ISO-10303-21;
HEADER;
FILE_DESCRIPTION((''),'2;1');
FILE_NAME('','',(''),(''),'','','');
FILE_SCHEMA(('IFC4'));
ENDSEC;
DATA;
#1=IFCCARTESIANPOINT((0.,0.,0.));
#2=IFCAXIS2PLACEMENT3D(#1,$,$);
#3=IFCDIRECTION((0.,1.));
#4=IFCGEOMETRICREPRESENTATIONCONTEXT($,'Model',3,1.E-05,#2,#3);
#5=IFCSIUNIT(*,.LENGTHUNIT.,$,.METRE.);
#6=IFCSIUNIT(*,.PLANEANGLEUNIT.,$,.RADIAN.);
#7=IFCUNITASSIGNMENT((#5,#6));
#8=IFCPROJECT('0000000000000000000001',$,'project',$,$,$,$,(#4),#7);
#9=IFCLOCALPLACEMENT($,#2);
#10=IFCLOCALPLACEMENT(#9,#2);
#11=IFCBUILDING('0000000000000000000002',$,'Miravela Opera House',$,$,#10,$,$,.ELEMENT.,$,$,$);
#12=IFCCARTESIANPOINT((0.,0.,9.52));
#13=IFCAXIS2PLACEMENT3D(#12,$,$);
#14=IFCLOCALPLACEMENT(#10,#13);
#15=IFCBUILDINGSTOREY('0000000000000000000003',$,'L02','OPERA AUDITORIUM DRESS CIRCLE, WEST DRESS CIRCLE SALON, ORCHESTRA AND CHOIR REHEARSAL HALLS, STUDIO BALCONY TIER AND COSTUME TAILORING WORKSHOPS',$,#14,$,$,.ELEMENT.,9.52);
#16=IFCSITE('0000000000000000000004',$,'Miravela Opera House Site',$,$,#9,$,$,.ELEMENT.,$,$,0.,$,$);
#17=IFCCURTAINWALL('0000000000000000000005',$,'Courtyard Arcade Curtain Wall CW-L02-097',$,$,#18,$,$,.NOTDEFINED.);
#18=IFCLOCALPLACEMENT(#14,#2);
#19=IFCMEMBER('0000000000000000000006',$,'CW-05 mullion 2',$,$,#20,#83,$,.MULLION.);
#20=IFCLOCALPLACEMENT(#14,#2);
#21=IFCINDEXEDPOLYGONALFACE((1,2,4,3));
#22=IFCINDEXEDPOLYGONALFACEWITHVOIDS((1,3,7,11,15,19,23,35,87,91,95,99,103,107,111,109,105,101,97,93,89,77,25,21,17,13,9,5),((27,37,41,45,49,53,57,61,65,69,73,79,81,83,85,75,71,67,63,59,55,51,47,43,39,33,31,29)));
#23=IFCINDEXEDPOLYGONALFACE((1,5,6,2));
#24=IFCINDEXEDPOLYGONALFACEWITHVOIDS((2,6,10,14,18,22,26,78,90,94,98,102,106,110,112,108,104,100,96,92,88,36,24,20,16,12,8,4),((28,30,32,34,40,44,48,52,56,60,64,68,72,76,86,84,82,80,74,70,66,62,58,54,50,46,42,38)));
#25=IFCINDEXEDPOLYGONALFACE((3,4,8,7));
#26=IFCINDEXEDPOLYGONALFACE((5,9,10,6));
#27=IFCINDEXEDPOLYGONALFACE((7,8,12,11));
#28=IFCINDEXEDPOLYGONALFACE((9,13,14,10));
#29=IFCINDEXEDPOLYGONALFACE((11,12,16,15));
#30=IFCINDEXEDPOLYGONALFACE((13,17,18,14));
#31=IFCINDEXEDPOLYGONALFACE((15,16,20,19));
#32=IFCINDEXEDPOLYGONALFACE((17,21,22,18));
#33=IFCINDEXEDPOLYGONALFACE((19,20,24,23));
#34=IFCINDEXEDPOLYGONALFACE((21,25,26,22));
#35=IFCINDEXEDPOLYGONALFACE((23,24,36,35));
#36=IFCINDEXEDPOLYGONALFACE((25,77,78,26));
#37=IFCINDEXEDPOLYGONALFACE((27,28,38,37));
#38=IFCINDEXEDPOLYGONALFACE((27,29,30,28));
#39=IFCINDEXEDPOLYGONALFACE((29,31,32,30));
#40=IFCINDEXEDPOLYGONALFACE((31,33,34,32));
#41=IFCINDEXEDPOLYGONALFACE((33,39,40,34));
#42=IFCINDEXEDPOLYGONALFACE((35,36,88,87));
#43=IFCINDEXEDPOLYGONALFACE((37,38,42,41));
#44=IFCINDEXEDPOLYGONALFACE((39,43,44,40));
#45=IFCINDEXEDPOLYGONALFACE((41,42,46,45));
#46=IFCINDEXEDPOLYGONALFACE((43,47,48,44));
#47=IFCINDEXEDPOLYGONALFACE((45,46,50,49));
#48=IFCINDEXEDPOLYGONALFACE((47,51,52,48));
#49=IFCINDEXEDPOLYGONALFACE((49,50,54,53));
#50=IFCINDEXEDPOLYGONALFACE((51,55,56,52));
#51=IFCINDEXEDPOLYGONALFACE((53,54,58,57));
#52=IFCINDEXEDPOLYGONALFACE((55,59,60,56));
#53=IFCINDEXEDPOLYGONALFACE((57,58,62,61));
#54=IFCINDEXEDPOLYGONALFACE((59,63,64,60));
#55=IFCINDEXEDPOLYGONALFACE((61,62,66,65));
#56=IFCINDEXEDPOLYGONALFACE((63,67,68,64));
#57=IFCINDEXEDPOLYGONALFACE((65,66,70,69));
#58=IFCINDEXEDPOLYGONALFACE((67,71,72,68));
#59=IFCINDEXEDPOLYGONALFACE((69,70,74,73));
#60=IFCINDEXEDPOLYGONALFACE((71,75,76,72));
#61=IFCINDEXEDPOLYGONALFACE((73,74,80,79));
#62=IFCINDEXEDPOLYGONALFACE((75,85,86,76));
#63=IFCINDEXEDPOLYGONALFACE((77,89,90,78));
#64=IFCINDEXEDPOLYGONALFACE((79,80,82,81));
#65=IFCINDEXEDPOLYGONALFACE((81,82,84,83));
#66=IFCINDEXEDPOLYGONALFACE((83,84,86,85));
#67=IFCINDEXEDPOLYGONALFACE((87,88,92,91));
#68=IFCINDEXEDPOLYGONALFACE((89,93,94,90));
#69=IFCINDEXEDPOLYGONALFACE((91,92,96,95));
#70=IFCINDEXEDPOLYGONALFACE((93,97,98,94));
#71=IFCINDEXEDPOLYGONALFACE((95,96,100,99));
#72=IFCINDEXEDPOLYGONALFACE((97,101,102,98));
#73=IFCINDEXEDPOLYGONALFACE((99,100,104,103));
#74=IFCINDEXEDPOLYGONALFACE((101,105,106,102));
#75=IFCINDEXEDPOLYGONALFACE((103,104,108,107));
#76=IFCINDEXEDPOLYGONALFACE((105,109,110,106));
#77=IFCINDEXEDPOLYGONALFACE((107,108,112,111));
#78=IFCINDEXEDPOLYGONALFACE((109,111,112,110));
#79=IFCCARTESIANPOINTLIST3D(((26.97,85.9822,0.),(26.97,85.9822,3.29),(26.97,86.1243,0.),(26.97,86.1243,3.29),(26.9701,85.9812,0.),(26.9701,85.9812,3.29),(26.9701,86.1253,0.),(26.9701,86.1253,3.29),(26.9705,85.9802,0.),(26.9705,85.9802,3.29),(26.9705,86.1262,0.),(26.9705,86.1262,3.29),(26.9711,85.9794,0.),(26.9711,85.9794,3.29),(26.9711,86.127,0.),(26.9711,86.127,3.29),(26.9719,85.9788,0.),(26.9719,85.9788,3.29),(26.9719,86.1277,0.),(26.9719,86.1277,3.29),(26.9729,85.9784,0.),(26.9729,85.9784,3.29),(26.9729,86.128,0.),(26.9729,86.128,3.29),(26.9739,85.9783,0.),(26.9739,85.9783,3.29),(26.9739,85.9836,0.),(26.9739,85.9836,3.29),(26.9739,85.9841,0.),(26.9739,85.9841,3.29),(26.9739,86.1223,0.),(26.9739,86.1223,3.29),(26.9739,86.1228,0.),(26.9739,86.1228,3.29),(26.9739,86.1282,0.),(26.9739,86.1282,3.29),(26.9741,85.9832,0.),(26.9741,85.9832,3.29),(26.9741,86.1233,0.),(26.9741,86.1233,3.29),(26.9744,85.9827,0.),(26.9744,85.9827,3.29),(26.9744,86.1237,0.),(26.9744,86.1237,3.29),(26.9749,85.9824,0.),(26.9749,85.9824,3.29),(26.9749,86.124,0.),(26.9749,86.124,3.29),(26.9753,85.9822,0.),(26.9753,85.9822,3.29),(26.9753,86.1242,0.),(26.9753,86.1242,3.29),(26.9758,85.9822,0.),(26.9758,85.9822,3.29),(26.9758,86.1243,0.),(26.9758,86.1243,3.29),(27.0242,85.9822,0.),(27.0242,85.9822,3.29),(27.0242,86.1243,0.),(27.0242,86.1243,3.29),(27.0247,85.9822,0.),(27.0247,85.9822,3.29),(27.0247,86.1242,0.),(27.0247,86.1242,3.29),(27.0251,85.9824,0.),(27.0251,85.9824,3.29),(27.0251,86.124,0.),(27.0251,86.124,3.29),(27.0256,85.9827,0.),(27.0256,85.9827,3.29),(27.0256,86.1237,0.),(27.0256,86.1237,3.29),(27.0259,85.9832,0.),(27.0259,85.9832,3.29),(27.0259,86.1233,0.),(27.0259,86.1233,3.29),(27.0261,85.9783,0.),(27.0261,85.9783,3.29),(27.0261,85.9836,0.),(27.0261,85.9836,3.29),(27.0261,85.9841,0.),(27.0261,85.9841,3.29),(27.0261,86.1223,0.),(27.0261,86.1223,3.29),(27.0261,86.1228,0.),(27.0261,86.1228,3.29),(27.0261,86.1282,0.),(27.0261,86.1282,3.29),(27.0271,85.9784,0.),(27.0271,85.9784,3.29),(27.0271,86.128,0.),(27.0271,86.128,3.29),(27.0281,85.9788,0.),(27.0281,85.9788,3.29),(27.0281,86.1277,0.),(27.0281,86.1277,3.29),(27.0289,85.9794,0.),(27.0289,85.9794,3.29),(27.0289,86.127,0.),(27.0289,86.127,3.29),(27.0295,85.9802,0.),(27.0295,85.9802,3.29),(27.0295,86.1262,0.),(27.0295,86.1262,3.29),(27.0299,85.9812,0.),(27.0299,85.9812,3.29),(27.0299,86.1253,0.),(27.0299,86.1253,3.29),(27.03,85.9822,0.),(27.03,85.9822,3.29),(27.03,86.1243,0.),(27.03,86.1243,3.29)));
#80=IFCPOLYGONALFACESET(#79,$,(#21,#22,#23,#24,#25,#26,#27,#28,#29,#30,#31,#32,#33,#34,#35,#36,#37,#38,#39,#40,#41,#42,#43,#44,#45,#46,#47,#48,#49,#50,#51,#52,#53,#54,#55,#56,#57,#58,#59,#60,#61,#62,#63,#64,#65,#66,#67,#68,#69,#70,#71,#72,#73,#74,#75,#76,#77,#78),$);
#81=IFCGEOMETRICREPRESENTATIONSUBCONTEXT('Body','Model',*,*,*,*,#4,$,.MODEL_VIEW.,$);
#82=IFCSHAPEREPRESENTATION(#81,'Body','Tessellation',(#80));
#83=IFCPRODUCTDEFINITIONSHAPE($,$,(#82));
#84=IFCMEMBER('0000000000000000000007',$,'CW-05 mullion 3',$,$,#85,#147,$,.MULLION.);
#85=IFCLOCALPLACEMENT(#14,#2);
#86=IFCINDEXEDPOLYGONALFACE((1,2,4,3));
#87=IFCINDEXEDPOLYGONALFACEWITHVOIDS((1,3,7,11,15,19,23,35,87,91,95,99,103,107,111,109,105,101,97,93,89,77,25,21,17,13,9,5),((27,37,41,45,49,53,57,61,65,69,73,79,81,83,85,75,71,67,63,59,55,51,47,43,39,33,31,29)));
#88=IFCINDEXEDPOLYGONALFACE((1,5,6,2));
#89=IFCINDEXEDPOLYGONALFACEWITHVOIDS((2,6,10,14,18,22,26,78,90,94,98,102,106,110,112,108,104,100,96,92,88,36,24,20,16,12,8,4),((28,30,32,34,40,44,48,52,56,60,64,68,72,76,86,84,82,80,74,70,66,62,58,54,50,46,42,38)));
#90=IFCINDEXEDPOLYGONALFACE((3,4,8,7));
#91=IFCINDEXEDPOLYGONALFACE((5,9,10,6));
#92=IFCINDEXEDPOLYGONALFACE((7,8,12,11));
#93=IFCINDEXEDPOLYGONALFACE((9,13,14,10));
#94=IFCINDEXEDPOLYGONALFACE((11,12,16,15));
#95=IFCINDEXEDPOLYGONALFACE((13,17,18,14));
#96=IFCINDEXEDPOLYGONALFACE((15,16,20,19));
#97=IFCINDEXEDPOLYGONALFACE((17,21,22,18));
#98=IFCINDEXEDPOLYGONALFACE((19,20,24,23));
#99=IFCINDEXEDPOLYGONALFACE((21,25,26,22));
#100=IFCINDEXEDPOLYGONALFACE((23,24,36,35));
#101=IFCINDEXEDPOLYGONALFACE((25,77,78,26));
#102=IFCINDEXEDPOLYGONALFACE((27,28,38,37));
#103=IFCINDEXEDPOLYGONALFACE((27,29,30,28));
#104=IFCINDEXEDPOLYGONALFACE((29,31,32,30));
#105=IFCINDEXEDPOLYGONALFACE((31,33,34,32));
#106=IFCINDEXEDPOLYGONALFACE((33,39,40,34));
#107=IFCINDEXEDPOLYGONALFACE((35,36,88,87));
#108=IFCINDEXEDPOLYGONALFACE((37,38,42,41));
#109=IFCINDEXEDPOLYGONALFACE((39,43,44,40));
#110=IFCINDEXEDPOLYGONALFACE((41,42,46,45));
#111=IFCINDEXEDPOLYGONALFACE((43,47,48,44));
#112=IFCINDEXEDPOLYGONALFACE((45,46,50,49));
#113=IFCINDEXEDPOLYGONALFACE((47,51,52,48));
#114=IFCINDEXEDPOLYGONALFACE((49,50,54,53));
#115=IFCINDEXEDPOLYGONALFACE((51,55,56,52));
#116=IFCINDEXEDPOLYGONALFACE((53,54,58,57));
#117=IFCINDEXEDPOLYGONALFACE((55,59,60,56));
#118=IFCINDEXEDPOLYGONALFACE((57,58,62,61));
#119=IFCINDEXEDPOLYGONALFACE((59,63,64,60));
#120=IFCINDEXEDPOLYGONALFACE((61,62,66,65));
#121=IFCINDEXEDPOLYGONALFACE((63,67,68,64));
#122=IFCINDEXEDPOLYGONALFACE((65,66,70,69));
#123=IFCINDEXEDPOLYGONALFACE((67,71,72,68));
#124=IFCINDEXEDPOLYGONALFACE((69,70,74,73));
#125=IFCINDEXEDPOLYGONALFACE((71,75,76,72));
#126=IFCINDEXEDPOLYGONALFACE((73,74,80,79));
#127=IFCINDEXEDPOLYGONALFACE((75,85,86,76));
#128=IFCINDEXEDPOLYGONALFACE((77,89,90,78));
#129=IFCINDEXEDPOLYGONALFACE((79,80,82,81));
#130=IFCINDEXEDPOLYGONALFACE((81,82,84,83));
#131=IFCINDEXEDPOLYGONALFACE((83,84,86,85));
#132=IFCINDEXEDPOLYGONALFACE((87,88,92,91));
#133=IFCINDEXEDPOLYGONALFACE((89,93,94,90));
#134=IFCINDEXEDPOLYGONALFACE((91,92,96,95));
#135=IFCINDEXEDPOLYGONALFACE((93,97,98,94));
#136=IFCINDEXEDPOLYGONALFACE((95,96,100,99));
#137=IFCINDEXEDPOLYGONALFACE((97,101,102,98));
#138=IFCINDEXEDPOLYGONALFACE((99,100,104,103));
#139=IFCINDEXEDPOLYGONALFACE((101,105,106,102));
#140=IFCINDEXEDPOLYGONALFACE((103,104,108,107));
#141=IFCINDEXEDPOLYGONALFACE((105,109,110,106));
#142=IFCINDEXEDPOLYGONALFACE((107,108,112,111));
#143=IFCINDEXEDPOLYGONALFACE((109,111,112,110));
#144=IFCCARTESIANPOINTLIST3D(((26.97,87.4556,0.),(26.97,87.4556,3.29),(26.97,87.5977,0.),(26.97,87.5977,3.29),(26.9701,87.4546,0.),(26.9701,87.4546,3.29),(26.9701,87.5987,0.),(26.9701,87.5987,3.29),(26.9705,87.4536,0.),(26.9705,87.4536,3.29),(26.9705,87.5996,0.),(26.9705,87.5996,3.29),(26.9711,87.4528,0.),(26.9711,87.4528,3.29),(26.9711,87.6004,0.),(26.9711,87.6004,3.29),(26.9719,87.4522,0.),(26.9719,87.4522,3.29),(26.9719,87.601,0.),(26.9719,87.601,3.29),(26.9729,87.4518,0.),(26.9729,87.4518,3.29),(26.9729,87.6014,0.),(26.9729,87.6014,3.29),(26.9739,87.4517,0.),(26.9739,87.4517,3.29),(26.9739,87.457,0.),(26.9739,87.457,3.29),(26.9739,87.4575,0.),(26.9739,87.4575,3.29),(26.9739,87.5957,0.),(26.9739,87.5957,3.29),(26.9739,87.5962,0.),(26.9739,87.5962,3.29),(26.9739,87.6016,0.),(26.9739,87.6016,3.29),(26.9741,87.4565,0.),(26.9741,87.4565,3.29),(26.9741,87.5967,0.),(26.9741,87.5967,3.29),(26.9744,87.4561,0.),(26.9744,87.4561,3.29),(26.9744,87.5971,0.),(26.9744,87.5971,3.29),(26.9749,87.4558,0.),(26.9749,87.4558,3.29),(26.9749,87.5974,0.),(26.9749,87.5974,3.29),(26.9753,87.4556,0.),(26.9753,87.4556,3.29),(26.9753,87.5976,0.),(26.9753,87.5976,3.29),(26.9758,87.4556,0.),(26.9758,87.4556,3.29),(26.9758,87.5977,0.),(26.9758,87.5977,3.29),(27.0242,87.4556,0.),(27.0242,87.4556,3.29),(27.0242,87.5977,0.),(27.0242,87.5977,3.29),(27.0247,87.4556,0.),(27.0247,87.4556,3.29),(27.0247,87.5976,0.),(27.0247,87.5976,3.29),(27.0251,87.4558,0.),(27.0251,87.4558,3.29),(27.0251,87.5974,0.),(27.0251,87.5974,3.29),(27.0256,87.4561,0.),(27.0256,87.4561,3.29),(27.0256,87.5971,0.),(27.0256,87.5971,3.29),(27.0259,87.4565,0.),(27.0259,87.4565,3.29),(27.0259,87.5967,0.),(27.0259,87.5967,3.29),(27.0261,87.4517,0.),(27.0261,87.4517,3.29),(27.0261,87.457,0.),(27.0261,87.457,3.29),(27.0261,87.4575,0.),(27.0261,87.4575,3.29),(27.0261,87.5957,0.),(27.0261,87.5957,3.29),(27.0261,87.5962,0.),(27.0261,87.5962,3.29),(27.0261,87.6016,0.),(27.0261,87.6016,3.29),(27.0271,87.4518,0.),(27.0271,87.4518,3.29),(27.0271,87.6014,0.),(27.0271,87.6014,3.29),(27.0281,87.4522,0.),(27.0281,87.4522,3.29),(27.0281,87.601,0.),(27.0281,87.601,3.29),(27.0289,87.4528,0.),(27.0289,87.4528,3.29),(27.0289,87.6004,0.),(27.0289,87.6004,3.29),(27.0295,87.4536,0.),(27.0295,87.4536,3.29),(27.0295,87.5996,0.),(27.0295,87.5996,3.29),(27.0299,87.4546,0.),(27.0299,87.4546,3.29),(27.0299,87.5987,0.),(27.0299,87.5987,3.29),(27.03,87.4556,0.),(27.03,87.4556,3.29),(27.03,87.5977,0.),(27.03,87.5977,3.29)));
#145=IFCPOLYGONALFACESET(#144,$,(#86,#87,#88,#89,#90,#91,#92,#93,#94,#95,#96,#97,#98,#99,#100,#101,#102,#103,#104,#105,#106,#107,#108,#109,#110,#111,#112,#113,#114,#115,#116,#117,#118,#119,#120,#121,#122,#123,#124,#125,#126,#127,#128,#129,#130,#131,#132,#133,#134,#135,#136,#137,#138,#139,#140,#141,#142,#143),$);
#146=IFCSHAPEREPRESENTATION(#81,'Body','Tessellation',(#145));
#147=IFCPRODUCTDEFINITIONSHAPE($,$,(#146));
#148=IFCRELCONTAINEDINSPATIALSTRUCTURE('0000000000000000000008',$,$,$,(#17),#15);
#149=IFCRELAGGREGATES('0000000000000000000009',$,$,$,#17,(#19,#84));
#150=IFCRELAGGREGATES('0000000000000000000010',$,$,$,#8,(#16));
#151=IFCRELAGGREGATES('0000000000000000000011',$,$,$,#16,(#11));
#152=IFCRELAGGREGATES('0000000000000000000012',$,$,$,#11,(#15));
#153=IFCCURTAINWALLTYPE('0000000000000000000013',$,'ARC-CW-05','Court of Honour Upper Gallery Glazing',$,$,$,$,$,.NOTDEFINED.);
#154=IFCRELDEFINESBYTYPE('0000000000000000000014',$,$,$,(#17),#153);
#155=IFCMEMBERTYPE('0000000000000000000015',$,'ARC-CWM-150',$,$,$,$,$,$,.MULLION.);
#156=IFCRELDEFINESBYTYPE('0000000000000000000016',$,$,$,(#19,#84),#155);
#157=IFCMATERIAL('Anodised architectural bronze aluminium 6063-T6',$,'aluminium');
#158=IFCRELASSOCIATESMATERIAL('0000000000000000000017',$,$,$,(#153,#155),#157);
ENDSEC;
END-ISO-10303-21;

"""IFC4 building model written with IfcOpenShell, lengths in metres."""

from ifc_helpers import new_model, si_unit, direction, frame, origin, origin_2d, place, context, subcontext, project, spatial, hollow_rectangle, extrude, material, material_profile, profile_set, type_object, element, aggregate, save


model = new_model("IFC4")

# Units and contexts
model_context = context("Model", 3, precision=1e-05, world=origin(), true_north=direction((0.0, 1.0)))
body_context = subcontext(model_context, "Body", "Model", "MODEL_VIEW")
ifc_project = project(units=[si_unit("LENGTHUNIT", "METRE"), si_unit("PLANEANGLEUNIT", "RADIAN")], contexts=[model_context])

# Site, building, storey
site_placement = place(None, origin())
site = spatial("IfcSite", under=ifc_project, at=site_placement, Name="Miravela Opera House Site", CompositionType="ELEMENT", RefElevation=0.0)
building_placement = place(site_placement, origin())
building = spatial("IfcBuilding", under=site, at=building_placement, Name="Miravela Opera House", CompositionType="ELEMENT")
storey_placement = place(building_placement, frame((0.0, 0.0, 9.52)))
storey = spatial("IfcBuildingStorey", under=building, at=storey_placement, Name="L02", Description="OPERA AUDITORIUM DRESS CIRCLE, WEST DRESS CIRCLE SALON, ORCHESTRA AND CHOIR REHEARSAL HALLS, STUDIO BALCONY TIER AND COSTUME TAILORING WORKSHOPS", CompositionType="ELEMENT", Elevation=9.52)

# Curtain wall, members
ifc_material_1 = material(Name="Anodised architectural bronze aluminium 6063-T6", Category="aluminium")
curtain_wall_type = type_object("IfcCurtainWallType", Name="ARC-CW-05", Description="Court of Honour Upper Gallery Glazing", PredefinedType="NOTDEFINED", material=ifc_material_1)
ifc_material_profile_1 = material_profile(ifc_material_1, hollow_rectangle(XDim=0.0601, YDim=0.1499, WallThickness=0.0039, InnerFilletRadius=0.002, OuterFilletRadius=0.0039, at=origin_2d()), Name="CWM-60X150")
ifc_profile_set_1 = profile_set([ifc_material_profile_1])
member_type_1 = type_object("IfcMemberType", Name="ARC-CWM-150", PredefinedType="MULLION", material=ifc_profile_set_1)
curtain_wall_1_placement = place(storey_placement, origin())
curtain_wall_1 = element("IfcCurtainWall", 1, at=curtain_wall_1_placement, inside=storey, type_object=curtain_wall_type, Name="Courtyard Arcade Curtain Wall CW-L02-097", PredefinedType="NOTDEFINED")
member_1_placement = place(storey_placement, frame((27.0, 86.0532, 0.0), z_axis=(0.0, 0.0, 1.0), x_axis=(-1.0, 0.0, 0.0)))
member_1 = element("IfcMember", 2, at=member_1_placement, type_object=member_type_1, Name="CW-05 mullion 2", PredefinedType="MULLION", context=body_context, shape_type="SweptSolid", body=[
    extrude(hollow_rectangle(XDim=0.0601, YDim=0.1499, WallThickness=0.0039, InnerFilletRadius=0.002, OuterFilletRadius=0.0039, at=origin_2d()), origin(), (0.0, 0.0, 1.0), 3.29),
])
member_2_placement = place(storey_placement, frame((27.0, 87.5266, 0.0), z_axis=(0.0, 0.0, 1.0), x_axis=(-1.0, 0.0, 0.0)))
member_2 = element("IfcMember", 3, at=member_2_placement, type_object=member_type_1, Name="CW-05 mullion 3", PredefinedType="MULLION", context=body_context, shape_type="SweptSolid", body=[
    extrude(hollow_rectangle(XDim=0.0601, YDim=0.1499, WallThickness=0.0039, InnerFilletRadius=0.002, OuterFilletRadius=0.0039, at=origin_2d()), origin(), (0.0, 0.0, 1.0), 3.29),
])

aggregate(curtain_wall_1, [member_1, member_2])

save(model, "model.ifc")
